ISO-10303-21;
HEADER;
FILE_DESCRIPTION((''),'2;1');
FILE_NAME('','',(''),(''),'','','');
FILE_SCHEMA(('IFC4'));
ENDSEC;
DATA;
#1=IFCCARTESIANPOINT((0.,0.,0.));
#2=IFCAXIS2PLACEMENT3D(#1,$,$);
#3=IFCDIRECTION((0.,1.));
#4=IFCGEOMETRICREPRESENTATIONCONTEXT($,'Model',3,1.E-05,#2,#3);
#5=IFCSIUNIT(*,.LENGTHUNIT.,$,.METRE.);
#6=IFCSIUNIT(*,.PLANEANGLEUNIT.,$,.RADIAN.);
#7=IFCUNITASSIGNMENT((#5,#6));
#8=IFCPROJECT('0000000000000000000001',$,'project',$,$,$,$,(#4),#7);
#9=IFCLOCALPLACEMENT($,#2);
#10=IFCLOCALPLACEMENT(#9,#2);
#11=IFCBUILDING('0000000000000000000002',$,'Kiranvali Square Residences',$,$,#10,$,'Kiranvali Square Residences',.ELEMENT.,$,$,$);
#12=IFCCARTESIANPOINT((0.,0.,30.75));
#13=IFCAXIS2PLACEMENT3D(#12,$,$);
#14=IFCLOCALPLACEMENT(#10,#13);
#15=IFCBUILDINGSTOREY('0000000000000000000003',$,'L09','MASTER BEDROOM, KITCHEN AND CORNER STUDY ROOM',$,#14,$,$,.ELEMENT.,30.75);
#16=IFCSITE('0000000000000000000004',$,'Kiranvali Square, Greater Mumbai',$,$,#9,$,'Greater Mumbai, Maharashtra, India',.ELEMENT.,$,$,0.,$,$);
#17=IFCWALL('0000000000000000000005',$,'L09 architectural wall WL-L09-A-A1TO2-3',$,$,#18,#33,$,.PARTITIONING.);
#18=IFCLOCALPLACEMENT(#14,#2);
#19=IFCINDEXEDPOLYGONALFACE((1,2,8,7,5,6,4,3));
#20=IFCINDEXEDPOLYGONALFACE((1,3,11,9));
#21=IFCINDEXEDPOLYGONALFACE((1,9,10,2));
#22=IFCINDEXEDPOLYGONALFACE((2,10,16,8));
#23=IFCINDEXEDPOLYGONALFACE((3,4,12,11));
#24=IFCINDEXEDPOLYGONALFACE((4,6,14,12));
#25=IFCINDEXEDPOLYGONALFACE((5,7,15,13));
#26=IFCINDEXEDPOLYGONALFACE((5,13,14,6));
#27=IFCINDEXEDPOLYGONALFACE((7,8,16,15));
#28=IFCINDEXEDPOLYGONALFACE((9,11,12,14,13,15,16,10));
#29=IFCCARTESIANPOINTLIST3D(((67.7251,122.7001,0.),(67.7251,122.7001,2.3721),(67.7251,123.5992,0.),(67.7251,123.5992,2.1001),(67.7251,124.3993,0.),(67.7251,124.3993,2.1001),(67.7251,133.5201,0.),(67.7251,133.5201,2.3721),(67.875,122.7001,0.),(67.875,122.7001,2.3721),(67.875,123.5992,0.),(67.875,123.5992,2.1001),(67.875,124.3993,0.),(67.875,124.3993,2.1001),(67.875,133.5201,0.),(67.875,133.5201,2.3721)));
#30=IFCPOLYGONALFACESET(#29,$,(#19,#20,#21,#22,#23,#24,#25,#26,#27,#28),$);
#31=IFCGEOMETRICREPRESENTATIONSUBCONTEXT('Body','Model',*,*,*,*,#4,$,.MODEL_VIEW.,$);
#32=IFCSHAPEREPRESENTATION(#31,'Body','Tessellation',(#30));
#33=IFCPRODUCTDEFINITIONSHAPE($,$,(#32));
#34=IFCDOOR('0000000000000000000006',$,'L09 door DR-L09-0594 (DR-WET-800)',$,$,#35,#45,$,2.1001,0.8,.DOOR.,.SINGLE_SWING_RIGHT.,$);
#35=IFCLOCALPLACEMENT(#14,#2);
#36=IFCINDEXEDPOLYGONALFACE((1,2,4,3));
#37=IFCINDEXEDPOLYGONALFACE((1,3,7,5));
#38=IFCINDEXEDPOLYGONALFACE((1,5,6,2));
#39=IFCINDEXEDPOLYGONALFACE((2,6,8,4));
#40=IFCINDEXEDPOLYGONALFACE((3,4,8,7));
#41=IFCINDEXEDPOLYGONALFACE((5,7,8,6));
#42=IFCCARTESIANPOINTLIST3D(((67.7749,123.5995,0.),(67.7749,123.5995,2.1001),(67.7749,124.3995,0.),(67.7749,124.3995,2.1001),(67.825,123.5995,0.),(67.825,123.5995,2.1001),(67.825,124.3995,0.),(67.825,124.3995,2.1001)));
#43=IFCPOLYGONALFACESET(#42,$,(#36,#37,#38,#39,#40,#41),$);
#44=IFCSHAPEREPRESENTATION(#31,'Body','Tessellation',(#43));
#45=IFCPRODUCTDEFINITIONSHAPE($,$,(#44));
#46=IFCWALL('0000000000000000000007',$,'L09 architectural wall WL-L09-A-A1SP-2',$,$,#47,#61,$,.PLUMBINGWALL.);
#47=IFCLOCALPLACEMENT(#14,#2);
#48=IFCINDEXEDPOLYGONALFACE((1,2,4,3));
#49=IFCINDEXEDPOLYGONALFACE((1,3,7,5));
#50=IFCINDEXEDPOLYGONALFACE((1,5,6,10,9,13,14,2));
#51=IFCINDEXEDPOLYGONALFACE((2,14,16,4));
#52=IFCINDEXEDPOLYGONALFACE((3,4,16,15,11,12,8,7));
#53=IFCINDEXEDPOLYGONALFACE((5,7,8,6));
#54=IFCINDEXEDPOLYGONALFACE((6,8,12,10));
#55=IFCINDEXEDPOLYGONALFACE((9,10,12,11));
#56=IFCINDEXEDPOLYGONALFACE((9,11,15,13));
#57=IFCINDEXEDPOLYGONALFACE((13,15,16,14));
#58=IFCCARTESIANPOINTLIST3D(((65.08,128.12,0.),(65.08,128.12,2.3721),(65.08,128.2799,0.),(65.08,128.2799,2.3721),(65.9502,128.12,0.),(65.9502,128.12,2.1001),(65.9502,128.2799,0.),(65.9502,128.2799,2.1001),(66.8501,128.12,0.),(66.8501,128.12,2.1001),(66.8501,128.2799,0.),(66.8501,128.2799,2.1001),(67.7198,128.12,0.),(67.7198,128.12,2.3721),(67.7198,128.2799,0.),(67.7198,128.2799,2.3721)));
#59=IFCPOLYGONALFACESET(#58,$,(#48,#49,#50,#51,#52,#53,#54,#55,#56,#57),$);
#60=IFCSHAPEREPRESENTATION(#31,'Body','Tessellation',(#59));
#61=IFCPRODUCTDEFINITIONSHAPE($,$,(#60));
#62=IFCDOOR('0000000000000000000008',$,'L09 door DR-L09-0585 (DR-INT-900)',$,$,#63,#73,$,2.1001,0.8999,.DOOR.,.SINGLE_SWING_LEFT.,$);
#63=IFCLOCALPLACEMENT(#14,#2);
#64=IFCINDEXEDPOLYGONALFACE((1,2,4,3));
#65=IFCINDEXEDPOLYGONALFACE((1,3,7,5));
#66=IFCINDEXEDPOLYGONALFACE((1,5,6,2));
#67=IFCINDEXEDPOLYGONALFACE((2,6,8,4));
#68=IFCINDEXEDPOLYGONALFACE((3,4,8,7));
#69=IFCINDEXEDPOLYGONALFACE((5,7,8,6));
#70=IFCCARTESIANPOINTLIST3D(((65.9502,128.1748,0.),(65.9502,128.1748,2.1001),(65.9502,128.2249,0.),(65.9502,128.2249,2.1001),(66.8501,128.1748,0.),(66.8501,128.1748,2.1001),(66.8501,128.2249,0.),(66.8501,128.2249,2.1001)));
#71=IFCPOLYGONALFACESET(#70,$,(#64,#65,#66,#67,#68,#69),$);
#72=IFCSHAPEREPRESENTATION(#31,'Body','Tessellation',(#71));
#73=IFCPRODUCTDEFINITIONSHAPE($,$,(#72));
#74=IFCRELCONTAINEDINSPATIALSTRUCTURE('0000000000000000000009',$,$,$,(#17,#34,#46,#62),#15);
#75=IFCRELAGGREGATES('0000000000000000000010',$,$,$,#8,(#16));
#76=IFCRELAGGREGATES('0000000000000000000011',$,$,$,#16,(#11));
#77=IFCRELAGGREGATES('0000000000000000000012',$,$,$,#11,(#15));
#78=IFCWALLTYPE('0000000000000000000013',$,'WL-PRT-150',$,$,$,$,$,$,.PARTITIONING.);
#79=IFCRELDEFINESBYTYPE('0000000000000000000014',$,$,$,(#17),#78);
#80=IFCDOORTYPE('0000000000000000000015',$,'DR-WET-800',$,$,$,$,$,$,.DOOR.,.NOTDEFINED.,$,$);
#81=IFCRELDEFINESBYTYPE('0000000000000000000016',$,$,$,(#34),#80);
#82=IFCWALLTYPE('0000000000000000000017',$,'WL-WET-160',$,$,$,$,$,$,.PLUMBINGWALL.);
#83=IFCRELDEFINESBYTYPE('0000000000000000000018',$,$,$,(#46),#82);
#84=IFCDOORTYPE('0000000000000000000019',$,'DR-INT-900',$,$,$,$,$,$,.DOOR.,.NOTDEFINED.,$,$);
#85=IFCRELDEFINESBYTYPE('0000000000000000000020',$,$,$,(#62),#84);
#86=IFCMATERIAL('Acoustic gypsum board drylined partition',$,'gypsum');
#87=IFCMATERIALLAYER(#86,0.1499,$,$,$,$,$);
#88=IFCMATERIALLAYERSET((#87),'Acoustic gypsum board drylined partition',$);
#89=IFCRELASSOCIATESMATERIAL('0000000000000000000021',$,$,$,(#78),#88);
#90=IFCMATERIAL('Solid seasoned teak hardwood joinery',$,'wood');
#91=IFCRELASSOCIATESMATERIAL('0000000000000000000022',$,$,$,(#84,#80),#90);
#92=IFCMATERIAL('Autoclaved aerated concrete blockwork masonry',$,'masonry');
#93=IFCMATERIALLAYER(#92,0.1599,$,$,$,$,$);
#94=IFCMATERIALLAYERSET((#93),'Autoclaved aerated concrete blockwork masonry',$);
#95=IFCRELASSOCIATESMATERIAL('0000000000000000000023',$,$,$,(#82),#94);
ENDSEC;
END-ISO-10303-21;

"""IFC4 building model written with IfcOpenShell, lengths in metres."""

from ifc_helpers import new_model, si_unit, direction, frame, frame_2d, origin, place, context, subcontext, project, spatial, rectangle, extrude, material, layer, layer_set, type_object, element, fill, save


model = new_model("IFC4")

# Units and contexts
model_context = context("Model", 3, precision=1e-05, world=origin(), true_north=direction((0.0, 1.0)))
body_context = subcontext(model_context, "Body", "Model", "MODEL_VIEW")
ifc_project = project(units=[si_unit("LENGTHUNIT", "METRE"), si_unit("PLANEANGLEUNIT", "RADIAN")], contexts=[model_context])

# Site, building, storey
site_placement = place(None, origin())
site = spatial("IfcSite", under=ifc_project, at=site_placement, Name="Kiranvali Square, Greater Mumbai", LongName="Greater Mumbai, Maharashtra, India", CompositionType="ELEMENT", RefElevation=0.0)
building_placement = place(site_placement, origin())
building = spatial("IfcBuilding", under=site, at=building_placement, Name="Kiranvali Square Residences", LongName="Kiranvali Square Residences", CompositionType="ELEMENT")
storey_placement = place(building_placement, frame((0.0, 0.0, 30.75)))
storey = spatial("IfcBuildingStorey", under=building, at=storey_placement, Name="L09", Description="MASTER BEDROOM, KITCHEN AND CORNER STUDY ROOM", CompositionType="ELEMENT", Elevation=30.75)

# Shared definitions
ifc_material_1 = material(Name="Autoclaved aerated concrete blockwork masonry", Category="masonry")

# Walls, openings, doors
ifc_material_2 = material(Name="Acoustic gypsum board drylined partition", Category="gypsum")
ifc_layer_1 = layer(ifc_material_2, 0.1499)
ifc_layer_set_1 = layer_set([ifc_layer_1], Name="Acoustic gypsum board drylined partition")
wall_type_1 = type_object("IfcWallType", Name="WL-PRT-150", PredefinedType="PARTITIONING", material=ifc_layer_set_1)
ifc_material_3 = material(Name="Solid seasoned teak hardwood joinery", Category="wood")
door_type_1 = type_object("IfcDoorType", Name="DR-INT-900", OperationType="NOTDEFINED", PredefinedType="DOOR", material=ifc_material_3)
wall_1_placement = place(storey_placement, frame((67.8, 122.7, 0.0), z_axis=(0.0, 0.0, 1.0), x_axis=(0.0, 1.0, 0.0)))
wall_1 = element("IfcWall", 1, at=wall_1_placement, inside=storey, type_object=wall_type_1, Name="L09 architectural wall WL-L09-A-A1TO2-3", PredefinedType="PARTITIONING", context=body_context, shape_type="SweptSolid", body=[
    extrude(rectangle(XDim=10.8201, YDim=0.1499, at=frame_2d((5.4102, 0.0))), origin(), (0.0, 0.0, 1.0), 2.3721),
])
opening_1_placement = place(wall_1_placement, frame((0.8994, 0.0, 0.0)))
opening_1 = element("IfcOpeningElement", 2, at=opening_1_placement, cuts=wall_1, PredefinedType="OPENING", context=body_context, shape_type="SweptSolid", body=[
    extrude(rectangle(XDim=0.8, YDim=2.1001, at=frame_2d((0.3999, 1.05))), frame((0.0, 0.085, 0.0), z_axis=(0.0, -1.0, 0.0), x_axis=(1.0, 0.0, 0.0)), (0.0, 0.0, 1.0), 0.1699),
])
door_type_2 = type_object("IfcDoorType", Name="DR-WET-800", OperationType="NOTDEFINED", PredefinedType="DOOR", material=ifc_material_3)
door_1_placement = place(opening_1_placement, frame((0.8, 0.0, 0.0), z_axis=(0.0, 0.0, 1.0), x_axis=(-1.0, 0.0, 0.0)))
door_1 = element("IfcDoor", 3, at=door_1_placement, inside=storey, type_object=door_type_2, Name="L09 door DR-L09-0594 (DR-WET-800)", OperationType="SINGLE_SWING_RIGHT", OverallHeight=2.1001, OverallWidth=0.8, PredefinedType="DOOR", context=body_context, shape_type="SweptSolid", body=[
    extrude(rectangle(XDim=0.8, YDim=2.1001, at=frame_2d((0.3999, 1.05))), frame((0.0, 0.0249, 0.0), z_axis=(0.0, -1.0, 0.0), x_axis=(1.0, 0.0, 0.0)), (0.0, 0.0, 1.0), 0.05),
])
fill(opening_1, door_1)
ifc_layer_2 = layer(ifc_material_1, 0.1599)
ifc_layer_set_2 = layer_set([ifc_layer_2], Name="Autoclaved aerated concrete blockwork masonry")
wall_type_2 = type_object("IfcWallType", Name="WL-WET-160", PredefinedType="PLUMBINGWALL", material=ifc_layer_set_2)
wall_2_placement = place(storey_placement, frame((65.0801, 128.2, 0.0), z_axis=(0.0, 0.0, 1.0), x_axis=(1.0, 0.0, 0.0)))
wall_2 = element("IfcWall", 4, at=wall_2_placement, inside=storey, type_object=wall_type_2, Name="L09 architectural wall WL-L09-A-A1SP-2", PredefinedType="PLUMBINGWALL", context=body_context, shape_type="SweptSolid", body=[
    extrude(rectangle(XDim=2.6399, YDim=0.1599, at=frame_2d((1.3198, 0.0))), origin(), (0.0, 0.0, 1.0), 2.3721),
])
opening_2_placement = place(wall_2_placement, frame((0.8701, 0.0, 0.0)))
opening_2 = element("IfcOpeningElement", 5, at=opening_2_placement, cuts=wall_2, PredefinedType="OPENING", context=body_context, shape_type="SweptSolid", body=[
    extrude(rectangle(XDim=0.8999, YDim=2.1001, at=frame_2d((0.45, 1.05))), frame((0.0, 0.0898, 0.0), z_axis=(0.0, -1.0, 0.0), x_axis=(1.0, 0.0, 0.0)), (0.0, 0.0, 1.0), 0.1799),
])
door_2_placement = place(opening_2_placement, origin())
door_2 = element("IfcDoor", 6, at=door_2_placement, inside=storey, type_object=door_type_1, Name="L09 door DR-L09-0585 (DR-INT-900)", OperationType="SINGLE_SWING_LEFT", OverallHeight=2.1001, OverallWidth=0.8999, PredefinedType="DOOR", context=body_context, shape_type="SweptSolid", body=[
    extrude(rectangle(XDim=0.8999, YDim=2.1001, at=frame_2d((0.45, 1.05))), frame((0.0, 0.0249, 0.0), z_axis=(0.0, -1.0, 0.0), x_axis=(1.0, 0.0, 0.0)), (0.0, 0.0, 1.0), 0.05),
])
fill(opening_2, door_2)

save(model, "model.ifc")
